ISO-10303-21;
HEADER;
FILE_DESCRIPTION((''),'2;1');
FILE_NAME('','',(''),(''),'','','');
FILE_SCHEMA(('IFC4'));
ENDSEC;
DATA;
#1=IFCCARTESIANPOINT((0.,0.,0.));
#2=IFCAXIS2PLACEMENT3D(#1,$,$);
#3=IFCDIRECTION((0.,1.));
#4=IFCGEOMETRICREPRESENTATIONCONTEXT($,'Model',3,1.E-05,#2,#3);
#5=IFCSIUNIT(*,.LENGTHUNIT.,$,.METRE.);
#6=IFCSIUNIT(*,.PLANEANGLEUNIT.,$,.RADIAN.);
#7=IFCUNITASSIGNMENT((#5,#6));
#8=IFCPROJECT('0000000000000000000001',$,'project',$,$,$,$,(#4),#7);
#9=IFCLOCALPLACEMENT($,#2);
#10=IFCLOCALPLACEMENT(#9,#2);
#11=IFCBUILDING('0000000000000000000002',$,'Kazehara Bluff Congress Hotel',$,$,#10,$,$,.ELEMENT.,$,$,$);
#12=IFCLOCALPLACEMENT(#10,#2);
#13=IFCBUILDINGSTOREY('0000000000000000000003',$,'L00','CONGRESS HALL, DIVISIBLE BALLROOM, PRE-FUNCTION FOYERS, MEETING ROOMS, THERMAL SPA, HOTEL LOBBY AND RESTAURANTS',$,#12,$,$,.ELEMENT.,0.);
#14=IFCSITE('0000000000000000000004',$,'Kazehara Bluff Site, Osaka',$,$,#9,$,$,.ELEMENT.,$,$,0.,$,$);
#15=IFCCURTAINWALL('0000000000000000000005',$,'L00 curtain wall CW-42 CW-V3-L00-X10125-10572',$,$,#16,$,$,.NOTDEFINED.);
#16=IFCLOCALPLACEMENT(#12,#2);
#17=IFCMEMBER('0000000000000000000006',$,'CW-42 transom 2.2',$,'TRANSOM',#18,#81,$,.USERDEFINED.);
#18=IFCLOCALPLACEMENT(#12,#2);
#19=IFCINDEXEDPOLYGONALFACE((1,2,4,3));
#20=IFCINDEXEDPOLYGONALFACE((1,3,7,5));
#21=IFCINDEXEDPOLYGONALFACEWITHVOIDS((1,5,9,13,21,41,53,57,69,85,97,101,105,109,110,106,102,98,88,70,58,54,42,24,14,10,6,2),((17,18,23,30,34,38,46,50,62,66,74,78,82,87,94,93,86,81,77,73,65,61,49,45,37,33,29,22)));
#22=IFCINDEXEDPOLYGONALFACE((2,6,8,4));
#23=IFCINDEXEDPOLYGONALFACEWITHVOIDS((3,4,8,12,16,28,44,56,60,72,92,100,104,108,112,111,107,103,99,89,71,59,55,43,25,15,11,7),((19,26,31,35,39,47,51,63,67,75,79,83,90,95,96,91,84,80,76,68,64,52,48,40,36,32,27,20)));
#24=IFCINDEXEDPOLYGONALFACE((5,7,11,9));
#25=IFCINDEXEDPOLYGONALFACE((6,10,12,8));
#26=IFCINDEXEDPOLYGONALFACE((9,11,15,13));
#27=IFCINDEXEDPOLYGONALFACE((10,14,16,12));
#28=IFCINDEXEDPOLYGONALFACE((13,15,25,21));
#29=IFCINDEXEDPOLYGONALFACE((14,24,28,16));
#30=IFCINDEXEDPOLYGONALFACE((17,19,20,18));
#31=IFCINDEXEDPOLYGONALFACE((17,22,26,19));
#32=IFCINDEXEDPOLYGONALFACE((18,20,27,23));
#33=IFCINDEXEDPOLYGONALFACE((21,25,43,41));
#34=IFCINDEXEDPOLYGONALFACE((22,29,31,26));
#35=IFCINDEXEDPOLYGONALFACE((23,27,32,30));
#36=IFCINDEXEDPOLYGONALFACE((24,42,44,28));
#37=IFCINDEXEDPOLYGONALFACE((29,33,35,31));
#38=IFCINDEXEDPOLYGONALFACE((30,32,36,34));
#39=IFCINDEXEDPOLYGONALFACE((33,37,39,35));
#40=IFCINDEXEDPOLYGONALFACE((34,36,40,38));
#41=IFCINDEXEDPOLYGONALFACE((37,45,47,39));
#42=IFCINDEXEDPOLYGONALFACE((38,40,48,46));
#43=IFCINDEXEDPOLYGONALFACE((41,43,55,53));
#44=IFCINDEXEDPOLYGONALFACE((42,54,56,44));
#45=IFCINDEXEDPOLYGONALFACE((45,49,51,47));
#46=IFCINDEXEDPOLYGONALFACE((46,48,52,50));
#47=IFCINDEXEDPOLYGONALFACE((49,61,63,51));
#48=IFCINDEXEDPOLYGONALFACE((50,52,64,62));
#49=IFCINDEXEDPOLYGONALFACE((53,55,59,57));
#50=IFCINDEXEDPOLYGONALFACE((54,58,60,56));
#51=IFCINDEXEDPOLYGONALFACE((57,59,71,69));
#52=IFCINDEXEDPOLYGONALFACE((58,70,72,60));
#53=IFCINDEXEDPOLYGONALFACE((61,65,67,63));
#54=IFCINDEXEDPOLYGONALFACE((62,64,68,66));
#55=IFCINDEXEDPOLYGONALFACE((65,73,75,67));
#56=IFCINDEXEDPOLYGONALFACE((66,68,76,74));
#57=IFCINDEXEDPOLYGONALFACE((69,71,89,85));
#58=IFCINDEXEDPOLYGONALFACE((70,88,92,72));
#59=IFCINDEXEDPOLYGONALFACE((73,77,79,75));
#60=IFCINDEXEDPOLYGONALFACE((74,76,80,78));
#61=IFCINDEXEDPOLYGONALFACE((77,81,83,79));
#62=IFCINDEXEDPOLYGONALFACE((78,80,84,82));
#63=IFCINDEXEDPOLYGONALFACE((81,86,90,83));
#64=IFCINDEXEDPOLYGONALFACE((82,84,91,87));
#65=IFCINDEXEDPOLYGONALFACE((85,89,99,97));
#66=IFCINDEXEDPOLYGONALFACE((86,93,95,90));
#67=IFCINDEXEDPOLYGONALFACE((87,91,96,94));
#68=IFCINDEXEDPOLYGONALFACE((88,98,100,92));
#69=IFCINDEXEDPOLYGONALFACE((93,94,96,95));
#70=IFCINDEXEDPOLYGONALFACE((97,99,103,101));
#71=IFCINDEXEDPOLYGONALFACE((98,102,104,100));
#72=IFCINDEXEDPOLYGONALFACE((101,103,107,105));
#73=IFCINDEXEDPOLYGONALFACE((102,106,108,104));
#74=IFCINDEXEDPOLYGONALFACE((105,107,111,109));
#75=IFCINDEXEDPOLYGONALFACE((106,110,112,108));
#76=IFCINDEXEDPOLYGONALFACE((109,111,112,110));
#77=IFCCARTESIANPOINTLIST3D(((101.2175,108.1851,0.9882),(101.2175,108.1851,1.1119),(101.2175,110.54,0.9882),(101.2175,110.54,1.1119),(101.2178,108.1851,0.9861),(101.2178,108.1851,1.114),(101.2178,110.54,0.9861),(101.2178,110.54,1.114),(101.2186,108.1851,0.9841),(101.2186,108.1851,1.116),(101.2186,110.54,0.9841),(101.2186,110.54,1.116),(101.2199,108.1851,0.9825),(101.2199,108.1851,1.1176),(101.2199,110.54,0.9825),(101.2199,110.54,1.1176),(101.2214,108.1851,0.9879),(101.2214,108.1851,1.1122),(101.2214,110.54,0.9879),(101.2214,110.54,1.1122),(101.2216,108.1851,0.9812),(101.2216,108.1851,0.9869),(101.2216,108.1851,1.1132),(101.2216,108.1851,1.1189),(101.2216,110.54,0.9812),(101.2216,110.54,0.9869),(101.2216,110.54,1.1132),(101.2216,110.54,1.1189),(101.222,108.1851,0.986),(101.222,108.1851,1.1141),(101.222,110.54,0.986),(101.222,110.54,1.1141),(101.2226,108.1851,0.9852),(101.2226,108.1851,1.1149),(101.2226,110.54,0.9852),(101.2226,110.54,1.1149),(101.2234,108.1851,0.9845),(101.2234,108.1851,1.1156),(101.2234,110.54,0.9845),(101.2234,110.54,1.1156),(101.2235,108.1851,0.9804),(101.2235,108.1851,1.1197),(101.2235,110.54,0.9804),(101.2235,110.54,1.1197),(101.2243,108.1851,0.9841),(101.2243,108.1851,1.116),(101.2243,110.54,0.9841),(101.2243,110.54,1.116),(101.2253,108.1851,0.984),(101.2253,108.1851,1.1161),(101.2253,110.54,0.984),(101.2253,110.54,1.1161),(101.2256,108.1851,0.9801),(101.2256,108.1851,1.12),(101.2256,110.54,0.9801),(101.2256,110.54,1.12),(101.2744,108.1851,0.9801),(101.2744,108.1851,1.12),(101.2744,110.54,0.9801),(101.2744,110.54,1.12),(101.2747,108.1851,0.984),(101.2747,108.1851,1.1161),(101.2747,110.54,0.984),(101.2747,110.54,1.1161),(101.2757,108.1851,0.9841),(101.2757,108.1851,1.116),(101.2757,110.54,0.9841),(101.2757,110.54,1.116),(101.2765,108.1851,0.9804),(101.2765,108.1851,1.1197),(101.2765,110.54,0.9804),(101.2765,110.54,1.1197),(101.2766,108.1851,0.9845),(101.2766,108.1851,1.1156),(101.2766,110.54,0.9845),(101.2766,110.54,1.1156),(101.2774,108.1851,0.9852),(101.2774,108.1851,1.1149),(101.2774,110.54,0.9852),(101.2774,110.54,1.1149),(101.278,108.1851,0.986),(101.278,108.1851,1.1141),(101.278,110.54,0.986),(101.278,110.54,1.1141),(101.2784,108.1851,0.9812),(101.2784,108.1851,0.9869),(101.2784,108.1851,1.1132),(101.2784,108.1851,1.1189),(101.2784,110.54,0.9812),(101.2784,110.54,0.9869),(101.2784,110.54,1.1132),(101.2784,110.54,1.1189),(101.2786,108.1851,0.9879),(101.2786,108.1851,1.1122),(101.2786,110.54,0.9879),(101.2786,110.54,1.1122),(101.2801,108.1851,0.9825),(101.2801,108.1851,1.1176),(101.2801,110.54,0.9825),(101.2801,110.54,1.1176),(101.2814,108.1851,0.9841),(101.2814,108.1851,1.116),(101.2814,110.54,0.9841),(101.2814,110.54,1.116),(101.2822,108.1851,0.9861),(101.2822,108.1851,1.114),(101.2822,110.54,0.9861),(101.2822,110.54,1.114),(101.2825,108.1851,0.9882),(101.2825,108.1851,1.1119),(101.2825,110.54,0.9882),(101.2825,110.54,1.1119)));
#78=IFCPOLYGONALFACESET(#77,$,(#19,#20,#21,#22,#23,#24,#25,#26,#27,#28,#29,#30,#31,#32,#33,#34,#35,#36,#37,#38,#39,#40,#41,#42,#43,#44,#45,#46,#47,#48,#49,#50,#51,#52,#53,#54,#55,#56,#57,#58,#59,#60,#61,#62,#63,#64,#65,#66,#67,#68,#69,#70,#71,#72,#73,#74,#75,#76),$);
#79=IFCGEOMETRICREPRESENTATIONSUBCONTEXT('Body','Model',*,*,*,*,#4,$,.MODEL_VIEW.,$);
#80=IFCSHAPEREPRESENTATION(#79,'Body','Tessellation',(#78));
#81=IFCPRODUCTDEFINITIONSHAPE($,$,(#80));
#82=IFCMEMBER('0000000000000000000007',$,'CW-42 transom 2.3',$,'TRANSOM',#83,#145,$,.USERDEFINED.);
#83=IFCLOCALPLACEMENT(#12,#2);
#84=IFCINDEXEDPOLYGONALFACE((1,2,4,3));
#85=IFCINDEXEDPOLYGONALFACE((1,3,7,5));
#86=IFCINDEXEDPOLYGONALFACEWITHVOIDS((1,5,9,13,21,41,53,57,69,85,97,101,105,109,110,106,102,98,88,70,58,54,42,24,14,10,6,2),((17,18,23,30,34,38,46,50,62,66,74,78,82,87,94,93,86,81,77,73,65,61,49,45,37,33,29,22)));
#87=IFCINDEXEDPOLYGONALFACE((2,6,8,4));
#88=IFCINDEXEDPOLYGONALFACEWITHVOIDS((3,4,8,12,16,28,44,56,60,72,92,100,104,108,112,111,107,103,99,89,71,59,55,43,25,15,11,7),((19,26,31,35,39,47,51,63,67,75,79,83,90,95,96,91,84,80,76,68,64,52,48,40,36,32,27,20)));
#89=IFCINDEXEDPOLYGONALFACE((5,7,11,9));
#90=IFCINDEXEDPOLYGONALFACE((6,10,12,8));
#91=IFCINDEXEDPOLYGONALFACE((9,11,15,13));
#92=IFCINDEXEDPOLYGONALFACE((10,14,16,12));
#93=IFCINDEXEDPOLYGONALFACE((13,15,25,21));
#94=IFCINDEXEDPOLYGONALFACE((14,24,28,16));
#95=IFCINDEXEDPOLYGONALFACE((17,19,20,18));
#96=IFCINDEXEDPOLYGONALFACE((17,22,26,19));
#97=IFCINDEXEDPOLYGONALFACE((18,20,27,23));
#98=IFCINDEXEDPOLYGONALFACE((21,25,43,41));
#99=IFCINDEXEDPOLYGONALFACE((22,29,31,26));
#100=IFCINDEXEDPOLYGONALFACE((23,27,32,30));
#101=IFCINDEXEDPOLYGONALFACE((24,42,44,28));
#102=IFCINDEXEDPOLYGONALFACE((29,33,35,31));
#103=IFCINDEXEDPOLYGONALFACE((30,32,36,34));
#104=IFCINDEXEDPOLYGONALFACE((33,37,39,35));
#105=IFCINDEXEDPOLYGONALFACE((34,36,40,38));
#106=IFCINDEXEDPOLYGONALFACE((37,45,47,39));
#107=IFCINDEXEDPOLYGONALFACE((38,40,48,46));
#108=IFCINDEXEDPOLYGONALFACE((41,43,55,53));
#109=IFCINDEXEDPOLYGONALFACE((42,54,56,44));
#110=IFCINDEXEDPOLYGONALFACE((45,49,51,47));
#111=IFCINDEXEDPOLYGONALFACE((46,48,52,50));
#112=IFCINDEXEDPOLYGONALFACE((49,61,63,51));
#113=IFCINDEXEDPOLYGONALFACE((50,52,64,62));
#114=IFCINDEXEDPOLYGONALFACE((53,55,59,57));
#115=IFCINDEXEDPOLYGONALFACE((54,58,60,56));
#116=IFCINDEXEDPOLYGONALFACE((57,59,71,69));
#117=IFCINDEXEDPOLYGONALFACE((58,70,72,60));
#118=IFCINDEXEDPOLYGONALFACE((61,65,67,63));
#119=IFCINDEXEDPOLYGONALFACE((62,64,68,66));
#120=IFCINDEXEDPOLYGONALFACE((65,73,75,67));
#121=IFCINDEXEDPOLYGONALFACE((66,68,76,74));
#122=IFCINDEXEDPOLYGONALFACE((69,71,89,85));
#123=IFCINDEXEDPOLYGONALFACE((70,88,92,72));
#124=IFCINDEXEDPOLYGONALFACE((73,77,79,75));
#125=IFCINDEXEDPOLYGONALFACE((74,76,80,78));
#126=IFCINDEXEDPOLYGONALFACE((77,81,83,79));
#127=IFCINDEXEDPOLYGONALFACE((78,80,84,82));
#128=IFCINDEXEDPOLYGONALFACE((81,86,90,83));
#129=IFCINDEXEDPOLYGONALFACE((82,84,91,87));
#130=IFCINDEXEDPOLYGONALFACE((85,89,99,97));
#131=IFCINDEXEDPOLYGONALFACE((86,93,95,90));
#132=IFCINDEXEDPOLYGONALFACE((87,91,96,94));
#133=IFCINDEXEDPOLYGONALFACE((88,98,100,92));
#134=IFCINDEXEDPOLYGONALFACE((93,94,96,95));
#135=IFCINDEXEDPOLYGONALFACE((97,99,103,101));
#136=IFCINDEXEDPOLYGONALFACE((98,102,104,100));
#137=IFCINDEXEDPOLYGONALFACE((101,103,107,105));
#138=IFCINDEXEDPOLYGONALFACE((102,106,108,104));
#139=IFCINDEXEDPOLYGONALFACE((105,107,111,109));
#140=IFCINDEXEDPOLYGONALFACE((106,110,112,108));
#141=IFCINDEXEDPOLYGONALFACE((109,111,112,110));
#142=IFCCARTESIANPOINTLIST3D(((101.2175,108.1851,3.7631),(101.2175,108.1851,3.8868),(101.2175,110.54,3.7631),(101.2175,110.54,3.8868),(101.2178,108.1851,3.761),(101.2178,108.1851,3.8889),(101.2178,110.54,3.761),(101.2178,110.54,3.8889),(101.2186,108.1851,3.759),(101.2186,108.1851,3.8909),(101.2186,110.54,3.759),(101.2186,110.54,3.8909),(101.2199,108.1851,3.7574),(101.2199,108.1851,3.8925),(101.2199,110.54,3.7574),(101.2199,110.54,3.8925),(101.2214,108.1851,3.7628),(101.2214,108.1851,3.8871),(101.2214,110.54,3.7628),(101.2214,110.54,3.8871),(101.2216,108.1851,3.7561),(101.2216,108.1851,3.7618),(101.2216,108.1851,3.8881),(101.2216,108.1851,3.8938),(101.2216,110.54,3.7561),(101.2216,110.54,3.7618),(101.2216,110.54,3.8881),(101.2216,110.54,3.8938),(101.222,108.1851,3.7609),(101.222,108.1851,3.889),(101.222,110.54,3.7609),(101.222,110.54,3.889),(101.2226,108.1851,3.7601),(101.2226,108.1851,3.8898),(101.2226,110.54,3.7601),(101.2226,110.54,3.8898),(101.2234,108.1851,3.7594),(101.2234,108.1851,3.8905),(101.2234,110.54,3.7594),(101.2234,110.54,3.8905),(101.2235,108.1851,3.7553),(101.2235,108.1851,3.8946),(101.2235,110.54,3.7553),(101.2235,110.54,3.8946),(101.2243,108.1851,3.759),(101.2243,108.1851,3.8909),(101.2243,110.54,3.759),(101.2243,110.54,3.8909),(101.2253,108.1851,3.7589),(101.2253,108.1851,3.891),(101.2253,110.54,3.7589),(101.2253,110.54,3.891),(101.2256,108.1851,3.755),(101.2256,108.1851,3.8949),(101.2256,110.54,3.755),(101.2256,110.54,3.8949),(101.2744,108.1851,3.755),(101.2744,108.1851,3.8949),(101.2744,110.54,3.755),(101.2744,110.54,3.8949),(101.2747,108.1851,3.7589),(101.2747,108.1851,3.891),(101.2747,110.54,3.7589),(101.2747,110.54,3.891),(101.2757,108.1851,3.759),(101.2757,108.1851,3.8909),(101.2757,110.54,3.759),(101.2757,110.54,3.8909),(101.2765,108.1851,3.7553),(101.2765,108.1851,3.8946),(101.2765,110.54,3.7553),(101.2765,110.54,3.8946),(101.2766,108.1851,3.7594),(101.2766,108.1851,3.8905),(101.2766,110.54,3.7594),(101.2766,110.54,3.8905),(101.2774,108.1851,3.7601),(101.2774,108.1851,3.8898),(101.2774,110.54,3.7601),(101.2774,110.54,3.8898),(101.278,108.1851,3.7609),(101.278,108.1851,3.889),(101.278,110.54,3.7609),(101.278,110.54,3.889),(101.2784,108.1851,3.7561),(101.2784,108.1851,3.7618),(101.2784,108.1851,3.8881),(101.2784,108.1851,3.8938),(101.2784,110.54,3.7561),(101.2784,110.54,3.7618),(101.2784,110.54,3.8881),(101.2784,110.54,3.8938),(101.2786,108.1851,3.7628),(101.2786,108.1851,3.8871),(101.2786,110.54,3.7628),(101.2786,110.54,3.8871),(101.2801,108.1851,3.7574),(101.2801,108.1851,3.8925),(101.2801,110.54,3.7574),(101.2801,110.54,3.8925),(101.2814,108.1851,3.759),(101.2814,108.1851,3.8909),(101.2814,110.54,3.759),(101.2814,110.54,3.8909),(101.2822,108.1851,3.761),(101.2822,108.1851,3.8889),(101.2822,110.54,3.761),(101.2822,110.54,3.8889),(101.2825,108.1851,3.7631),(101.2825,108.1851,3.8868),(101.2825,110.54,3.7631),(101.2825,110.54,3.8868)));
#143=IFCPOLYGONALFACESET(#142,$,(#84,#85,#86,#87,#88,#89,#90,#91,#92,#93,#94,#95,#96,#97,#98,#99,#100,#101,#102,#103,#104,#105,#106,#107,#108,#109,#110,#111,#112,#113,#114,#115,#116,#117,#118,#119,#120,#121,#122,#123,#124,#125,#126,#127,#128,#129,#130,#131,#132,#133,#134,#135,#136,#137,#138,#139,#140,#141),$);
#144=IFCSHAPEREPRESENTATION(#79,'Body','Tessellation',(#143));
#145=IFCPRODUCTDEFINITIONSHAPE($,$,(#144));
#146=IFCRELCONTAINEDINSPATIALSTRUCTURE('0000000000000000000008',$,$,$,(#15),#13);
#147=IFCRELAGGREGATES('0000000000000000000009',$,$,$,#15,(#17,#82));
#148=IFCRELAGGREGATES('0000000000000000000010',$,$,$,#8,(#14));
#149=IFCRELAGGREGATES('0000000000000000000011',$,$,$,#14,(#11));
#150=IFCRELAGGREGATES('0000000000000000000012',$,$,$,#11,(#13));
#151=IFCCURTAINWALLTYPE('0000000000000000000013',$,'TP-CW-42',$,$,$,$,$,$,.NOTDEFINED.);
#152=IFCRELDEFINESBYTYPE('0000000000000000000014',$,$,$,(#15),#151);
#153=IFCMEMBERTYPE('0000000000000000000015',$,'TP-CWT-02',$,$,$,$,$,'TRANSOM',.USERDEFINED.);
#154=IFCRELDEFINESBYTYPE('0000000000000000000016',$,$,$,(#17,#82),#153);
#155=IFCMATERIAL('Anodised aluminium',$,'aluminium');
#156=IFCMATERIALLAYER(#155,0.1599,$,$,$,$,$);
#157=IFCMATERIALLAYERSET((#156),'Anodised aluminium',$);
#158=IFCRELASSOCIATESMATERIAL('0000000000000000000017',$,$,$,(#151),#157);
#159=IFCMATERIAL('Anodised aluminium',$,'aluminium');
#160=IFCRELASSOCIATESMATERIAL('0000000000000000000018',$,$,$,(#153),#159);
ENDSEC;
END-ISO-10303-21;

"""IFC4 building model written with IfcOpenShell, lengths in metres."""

from ifc_helpers import new_model, si_unit, direction, frame, origin, origin_2d, place, context, subcontext, project, spatial, hollow_rectangle, extrude, material, layer, layer_set, material_profile, profile_set, type_object, element, aggregate, save


model = new_model("IFC4")

# Units and contexts
model_context = context("Model", 3, precision=1e-05, world=origin(), true_north=direction((0.0, 1.0)))
body_context = subcontext(model_context, "Body", "Model", "MODEL_VIEW")
ifc_project = project(units=[si_unit("LENGTHUNIT", "METRE"), si_unit("PLANEANGLEUNIT", "RADIAN")], contexts=[model_context])

# Site, building, storey
site_placement = place(None, origin())
site = spatial("IfcSite", under=ifc_project, at=site_placement, Name="Kazehara Bluff Site, Osaka", CompositionType="ELEMENT", RefElevation=0.0)
building_placement = place(site_placement, origin())
building = spatial("IfcBuilding", under=site, at=building_placement, Name="Kazehara Bluff Congress Hotel", CompositionType="ELEMENT")
storey_placement = place(building_placement, origin())
storey = spatial("IfcBuildingStorey", under=building, at=storey_placement, Name="L00", Description="CONGRESS HALL, DIVISIBLE BALLROOM, PRE-FUNCTION FOYERS, MEETING ROOMS, THERMAL SPA, HOTEL LOBBY AND RESTAURANTS", CompositionType="ELEMENT", Elevation=0.0)

# Curtain wall
ifc_material_1 = material(Name="Anodised aluminium", Category="aluminium")
ifc_layer_1 = layer(ifc_material_1, 0.1599)
ifc_layer_set_1 = layer_set([ifc_layer_1], Name="Anodised aluminium")
curtain_wall_type_1 = type_object("IfcCurtainWallType", Name="TP-CW-42", PredefinedType="NOTDEFINED", material=ifc_layer_set_1)
curtain_wall_1_placement = place(storey_placement, origin())
curtain_wall_1 = element("IfcCurtainWall", 1, at=curtain_wall_1_placement, inside=storey, type_object=curtain_wall_type_1, Name="L00 curtain wall CW-42 CW-V3-L00-X10125-10572", PredefinedType="NOTDEFINED")

# Members
ifc_material_2 = material(Name="Anodised aluminium", Category="aluminium")
ifc_material_profile_1 = material_profile(ifc_material_2, hollow_rectangle(XDim=0.0649, YDim=0.1399, WallThickness=0.0039, InnerFilletRadius=0.0039, OuterFilletRadius=0.0081, at=origin_2d()))
ifc_profile_set_1 = profile_set([ifc_material_profile_1], Name="Anodised aluminium")
member_type_1 = type_object("IfcMemberType", Name="TP-CWT-02", ElementType="TRANSOM", PredefinedType="USERDEFINED", material=ifc_profile_set_1)
member_1_placement = place(storey_placement, frame((101.25, 108.1851, 1.05), z_axis=(0.0, 1.0, 0.0), x_axis=(-1.0, 0.0, 0.0)))
member_1 = element("IfcMember", 2, at=member_1_placement, type_object=member_type_1, Name="CW-42 transom 2.2", ObjectType="TRANSOM", PredefinedType="USERDEFINED", context=body_context, shape_type="SweptSolid", body=[
    extrude(hollow_rectangle(XDim=0.0649, YDim=0.1399, WallThickness=0.0039, InnerFilletRadius=0.0039, OuterFilletRadius=0.0081, at=origin_2d()), origin(), (0.0, 0.0, 1.0), 2.355),
])
member_2_placement = place(storey_placement, frame((101.25, 108.1851, 3.825), z_axis=(0.0, 1.0, 0.0), x_axis=(-1.0, 0.0, 0.0)))
member_2 = element("IfcMember", 3, at=member_2_placement, type_object=member_type_1, Name="CW-42 transom 2.3", ObjectType="TRANSOM", PredefinedType="USERDEFINED", context=body_context, shape_type="SweptSolid", body=[
    extrude(hollow_rectangle(XDim=0.0649, YDim=0.1399, WallThickness=0.0039, InnerFilletRadius=0.0039, OuterFilletRadius=0.0081, at=origin_2d()), origin(), (0.0, 0.0, 1.0), 2.355),
])

aggregate(curtain_wall_1, [member_1, member_2])

save(model, "model.ifc")
